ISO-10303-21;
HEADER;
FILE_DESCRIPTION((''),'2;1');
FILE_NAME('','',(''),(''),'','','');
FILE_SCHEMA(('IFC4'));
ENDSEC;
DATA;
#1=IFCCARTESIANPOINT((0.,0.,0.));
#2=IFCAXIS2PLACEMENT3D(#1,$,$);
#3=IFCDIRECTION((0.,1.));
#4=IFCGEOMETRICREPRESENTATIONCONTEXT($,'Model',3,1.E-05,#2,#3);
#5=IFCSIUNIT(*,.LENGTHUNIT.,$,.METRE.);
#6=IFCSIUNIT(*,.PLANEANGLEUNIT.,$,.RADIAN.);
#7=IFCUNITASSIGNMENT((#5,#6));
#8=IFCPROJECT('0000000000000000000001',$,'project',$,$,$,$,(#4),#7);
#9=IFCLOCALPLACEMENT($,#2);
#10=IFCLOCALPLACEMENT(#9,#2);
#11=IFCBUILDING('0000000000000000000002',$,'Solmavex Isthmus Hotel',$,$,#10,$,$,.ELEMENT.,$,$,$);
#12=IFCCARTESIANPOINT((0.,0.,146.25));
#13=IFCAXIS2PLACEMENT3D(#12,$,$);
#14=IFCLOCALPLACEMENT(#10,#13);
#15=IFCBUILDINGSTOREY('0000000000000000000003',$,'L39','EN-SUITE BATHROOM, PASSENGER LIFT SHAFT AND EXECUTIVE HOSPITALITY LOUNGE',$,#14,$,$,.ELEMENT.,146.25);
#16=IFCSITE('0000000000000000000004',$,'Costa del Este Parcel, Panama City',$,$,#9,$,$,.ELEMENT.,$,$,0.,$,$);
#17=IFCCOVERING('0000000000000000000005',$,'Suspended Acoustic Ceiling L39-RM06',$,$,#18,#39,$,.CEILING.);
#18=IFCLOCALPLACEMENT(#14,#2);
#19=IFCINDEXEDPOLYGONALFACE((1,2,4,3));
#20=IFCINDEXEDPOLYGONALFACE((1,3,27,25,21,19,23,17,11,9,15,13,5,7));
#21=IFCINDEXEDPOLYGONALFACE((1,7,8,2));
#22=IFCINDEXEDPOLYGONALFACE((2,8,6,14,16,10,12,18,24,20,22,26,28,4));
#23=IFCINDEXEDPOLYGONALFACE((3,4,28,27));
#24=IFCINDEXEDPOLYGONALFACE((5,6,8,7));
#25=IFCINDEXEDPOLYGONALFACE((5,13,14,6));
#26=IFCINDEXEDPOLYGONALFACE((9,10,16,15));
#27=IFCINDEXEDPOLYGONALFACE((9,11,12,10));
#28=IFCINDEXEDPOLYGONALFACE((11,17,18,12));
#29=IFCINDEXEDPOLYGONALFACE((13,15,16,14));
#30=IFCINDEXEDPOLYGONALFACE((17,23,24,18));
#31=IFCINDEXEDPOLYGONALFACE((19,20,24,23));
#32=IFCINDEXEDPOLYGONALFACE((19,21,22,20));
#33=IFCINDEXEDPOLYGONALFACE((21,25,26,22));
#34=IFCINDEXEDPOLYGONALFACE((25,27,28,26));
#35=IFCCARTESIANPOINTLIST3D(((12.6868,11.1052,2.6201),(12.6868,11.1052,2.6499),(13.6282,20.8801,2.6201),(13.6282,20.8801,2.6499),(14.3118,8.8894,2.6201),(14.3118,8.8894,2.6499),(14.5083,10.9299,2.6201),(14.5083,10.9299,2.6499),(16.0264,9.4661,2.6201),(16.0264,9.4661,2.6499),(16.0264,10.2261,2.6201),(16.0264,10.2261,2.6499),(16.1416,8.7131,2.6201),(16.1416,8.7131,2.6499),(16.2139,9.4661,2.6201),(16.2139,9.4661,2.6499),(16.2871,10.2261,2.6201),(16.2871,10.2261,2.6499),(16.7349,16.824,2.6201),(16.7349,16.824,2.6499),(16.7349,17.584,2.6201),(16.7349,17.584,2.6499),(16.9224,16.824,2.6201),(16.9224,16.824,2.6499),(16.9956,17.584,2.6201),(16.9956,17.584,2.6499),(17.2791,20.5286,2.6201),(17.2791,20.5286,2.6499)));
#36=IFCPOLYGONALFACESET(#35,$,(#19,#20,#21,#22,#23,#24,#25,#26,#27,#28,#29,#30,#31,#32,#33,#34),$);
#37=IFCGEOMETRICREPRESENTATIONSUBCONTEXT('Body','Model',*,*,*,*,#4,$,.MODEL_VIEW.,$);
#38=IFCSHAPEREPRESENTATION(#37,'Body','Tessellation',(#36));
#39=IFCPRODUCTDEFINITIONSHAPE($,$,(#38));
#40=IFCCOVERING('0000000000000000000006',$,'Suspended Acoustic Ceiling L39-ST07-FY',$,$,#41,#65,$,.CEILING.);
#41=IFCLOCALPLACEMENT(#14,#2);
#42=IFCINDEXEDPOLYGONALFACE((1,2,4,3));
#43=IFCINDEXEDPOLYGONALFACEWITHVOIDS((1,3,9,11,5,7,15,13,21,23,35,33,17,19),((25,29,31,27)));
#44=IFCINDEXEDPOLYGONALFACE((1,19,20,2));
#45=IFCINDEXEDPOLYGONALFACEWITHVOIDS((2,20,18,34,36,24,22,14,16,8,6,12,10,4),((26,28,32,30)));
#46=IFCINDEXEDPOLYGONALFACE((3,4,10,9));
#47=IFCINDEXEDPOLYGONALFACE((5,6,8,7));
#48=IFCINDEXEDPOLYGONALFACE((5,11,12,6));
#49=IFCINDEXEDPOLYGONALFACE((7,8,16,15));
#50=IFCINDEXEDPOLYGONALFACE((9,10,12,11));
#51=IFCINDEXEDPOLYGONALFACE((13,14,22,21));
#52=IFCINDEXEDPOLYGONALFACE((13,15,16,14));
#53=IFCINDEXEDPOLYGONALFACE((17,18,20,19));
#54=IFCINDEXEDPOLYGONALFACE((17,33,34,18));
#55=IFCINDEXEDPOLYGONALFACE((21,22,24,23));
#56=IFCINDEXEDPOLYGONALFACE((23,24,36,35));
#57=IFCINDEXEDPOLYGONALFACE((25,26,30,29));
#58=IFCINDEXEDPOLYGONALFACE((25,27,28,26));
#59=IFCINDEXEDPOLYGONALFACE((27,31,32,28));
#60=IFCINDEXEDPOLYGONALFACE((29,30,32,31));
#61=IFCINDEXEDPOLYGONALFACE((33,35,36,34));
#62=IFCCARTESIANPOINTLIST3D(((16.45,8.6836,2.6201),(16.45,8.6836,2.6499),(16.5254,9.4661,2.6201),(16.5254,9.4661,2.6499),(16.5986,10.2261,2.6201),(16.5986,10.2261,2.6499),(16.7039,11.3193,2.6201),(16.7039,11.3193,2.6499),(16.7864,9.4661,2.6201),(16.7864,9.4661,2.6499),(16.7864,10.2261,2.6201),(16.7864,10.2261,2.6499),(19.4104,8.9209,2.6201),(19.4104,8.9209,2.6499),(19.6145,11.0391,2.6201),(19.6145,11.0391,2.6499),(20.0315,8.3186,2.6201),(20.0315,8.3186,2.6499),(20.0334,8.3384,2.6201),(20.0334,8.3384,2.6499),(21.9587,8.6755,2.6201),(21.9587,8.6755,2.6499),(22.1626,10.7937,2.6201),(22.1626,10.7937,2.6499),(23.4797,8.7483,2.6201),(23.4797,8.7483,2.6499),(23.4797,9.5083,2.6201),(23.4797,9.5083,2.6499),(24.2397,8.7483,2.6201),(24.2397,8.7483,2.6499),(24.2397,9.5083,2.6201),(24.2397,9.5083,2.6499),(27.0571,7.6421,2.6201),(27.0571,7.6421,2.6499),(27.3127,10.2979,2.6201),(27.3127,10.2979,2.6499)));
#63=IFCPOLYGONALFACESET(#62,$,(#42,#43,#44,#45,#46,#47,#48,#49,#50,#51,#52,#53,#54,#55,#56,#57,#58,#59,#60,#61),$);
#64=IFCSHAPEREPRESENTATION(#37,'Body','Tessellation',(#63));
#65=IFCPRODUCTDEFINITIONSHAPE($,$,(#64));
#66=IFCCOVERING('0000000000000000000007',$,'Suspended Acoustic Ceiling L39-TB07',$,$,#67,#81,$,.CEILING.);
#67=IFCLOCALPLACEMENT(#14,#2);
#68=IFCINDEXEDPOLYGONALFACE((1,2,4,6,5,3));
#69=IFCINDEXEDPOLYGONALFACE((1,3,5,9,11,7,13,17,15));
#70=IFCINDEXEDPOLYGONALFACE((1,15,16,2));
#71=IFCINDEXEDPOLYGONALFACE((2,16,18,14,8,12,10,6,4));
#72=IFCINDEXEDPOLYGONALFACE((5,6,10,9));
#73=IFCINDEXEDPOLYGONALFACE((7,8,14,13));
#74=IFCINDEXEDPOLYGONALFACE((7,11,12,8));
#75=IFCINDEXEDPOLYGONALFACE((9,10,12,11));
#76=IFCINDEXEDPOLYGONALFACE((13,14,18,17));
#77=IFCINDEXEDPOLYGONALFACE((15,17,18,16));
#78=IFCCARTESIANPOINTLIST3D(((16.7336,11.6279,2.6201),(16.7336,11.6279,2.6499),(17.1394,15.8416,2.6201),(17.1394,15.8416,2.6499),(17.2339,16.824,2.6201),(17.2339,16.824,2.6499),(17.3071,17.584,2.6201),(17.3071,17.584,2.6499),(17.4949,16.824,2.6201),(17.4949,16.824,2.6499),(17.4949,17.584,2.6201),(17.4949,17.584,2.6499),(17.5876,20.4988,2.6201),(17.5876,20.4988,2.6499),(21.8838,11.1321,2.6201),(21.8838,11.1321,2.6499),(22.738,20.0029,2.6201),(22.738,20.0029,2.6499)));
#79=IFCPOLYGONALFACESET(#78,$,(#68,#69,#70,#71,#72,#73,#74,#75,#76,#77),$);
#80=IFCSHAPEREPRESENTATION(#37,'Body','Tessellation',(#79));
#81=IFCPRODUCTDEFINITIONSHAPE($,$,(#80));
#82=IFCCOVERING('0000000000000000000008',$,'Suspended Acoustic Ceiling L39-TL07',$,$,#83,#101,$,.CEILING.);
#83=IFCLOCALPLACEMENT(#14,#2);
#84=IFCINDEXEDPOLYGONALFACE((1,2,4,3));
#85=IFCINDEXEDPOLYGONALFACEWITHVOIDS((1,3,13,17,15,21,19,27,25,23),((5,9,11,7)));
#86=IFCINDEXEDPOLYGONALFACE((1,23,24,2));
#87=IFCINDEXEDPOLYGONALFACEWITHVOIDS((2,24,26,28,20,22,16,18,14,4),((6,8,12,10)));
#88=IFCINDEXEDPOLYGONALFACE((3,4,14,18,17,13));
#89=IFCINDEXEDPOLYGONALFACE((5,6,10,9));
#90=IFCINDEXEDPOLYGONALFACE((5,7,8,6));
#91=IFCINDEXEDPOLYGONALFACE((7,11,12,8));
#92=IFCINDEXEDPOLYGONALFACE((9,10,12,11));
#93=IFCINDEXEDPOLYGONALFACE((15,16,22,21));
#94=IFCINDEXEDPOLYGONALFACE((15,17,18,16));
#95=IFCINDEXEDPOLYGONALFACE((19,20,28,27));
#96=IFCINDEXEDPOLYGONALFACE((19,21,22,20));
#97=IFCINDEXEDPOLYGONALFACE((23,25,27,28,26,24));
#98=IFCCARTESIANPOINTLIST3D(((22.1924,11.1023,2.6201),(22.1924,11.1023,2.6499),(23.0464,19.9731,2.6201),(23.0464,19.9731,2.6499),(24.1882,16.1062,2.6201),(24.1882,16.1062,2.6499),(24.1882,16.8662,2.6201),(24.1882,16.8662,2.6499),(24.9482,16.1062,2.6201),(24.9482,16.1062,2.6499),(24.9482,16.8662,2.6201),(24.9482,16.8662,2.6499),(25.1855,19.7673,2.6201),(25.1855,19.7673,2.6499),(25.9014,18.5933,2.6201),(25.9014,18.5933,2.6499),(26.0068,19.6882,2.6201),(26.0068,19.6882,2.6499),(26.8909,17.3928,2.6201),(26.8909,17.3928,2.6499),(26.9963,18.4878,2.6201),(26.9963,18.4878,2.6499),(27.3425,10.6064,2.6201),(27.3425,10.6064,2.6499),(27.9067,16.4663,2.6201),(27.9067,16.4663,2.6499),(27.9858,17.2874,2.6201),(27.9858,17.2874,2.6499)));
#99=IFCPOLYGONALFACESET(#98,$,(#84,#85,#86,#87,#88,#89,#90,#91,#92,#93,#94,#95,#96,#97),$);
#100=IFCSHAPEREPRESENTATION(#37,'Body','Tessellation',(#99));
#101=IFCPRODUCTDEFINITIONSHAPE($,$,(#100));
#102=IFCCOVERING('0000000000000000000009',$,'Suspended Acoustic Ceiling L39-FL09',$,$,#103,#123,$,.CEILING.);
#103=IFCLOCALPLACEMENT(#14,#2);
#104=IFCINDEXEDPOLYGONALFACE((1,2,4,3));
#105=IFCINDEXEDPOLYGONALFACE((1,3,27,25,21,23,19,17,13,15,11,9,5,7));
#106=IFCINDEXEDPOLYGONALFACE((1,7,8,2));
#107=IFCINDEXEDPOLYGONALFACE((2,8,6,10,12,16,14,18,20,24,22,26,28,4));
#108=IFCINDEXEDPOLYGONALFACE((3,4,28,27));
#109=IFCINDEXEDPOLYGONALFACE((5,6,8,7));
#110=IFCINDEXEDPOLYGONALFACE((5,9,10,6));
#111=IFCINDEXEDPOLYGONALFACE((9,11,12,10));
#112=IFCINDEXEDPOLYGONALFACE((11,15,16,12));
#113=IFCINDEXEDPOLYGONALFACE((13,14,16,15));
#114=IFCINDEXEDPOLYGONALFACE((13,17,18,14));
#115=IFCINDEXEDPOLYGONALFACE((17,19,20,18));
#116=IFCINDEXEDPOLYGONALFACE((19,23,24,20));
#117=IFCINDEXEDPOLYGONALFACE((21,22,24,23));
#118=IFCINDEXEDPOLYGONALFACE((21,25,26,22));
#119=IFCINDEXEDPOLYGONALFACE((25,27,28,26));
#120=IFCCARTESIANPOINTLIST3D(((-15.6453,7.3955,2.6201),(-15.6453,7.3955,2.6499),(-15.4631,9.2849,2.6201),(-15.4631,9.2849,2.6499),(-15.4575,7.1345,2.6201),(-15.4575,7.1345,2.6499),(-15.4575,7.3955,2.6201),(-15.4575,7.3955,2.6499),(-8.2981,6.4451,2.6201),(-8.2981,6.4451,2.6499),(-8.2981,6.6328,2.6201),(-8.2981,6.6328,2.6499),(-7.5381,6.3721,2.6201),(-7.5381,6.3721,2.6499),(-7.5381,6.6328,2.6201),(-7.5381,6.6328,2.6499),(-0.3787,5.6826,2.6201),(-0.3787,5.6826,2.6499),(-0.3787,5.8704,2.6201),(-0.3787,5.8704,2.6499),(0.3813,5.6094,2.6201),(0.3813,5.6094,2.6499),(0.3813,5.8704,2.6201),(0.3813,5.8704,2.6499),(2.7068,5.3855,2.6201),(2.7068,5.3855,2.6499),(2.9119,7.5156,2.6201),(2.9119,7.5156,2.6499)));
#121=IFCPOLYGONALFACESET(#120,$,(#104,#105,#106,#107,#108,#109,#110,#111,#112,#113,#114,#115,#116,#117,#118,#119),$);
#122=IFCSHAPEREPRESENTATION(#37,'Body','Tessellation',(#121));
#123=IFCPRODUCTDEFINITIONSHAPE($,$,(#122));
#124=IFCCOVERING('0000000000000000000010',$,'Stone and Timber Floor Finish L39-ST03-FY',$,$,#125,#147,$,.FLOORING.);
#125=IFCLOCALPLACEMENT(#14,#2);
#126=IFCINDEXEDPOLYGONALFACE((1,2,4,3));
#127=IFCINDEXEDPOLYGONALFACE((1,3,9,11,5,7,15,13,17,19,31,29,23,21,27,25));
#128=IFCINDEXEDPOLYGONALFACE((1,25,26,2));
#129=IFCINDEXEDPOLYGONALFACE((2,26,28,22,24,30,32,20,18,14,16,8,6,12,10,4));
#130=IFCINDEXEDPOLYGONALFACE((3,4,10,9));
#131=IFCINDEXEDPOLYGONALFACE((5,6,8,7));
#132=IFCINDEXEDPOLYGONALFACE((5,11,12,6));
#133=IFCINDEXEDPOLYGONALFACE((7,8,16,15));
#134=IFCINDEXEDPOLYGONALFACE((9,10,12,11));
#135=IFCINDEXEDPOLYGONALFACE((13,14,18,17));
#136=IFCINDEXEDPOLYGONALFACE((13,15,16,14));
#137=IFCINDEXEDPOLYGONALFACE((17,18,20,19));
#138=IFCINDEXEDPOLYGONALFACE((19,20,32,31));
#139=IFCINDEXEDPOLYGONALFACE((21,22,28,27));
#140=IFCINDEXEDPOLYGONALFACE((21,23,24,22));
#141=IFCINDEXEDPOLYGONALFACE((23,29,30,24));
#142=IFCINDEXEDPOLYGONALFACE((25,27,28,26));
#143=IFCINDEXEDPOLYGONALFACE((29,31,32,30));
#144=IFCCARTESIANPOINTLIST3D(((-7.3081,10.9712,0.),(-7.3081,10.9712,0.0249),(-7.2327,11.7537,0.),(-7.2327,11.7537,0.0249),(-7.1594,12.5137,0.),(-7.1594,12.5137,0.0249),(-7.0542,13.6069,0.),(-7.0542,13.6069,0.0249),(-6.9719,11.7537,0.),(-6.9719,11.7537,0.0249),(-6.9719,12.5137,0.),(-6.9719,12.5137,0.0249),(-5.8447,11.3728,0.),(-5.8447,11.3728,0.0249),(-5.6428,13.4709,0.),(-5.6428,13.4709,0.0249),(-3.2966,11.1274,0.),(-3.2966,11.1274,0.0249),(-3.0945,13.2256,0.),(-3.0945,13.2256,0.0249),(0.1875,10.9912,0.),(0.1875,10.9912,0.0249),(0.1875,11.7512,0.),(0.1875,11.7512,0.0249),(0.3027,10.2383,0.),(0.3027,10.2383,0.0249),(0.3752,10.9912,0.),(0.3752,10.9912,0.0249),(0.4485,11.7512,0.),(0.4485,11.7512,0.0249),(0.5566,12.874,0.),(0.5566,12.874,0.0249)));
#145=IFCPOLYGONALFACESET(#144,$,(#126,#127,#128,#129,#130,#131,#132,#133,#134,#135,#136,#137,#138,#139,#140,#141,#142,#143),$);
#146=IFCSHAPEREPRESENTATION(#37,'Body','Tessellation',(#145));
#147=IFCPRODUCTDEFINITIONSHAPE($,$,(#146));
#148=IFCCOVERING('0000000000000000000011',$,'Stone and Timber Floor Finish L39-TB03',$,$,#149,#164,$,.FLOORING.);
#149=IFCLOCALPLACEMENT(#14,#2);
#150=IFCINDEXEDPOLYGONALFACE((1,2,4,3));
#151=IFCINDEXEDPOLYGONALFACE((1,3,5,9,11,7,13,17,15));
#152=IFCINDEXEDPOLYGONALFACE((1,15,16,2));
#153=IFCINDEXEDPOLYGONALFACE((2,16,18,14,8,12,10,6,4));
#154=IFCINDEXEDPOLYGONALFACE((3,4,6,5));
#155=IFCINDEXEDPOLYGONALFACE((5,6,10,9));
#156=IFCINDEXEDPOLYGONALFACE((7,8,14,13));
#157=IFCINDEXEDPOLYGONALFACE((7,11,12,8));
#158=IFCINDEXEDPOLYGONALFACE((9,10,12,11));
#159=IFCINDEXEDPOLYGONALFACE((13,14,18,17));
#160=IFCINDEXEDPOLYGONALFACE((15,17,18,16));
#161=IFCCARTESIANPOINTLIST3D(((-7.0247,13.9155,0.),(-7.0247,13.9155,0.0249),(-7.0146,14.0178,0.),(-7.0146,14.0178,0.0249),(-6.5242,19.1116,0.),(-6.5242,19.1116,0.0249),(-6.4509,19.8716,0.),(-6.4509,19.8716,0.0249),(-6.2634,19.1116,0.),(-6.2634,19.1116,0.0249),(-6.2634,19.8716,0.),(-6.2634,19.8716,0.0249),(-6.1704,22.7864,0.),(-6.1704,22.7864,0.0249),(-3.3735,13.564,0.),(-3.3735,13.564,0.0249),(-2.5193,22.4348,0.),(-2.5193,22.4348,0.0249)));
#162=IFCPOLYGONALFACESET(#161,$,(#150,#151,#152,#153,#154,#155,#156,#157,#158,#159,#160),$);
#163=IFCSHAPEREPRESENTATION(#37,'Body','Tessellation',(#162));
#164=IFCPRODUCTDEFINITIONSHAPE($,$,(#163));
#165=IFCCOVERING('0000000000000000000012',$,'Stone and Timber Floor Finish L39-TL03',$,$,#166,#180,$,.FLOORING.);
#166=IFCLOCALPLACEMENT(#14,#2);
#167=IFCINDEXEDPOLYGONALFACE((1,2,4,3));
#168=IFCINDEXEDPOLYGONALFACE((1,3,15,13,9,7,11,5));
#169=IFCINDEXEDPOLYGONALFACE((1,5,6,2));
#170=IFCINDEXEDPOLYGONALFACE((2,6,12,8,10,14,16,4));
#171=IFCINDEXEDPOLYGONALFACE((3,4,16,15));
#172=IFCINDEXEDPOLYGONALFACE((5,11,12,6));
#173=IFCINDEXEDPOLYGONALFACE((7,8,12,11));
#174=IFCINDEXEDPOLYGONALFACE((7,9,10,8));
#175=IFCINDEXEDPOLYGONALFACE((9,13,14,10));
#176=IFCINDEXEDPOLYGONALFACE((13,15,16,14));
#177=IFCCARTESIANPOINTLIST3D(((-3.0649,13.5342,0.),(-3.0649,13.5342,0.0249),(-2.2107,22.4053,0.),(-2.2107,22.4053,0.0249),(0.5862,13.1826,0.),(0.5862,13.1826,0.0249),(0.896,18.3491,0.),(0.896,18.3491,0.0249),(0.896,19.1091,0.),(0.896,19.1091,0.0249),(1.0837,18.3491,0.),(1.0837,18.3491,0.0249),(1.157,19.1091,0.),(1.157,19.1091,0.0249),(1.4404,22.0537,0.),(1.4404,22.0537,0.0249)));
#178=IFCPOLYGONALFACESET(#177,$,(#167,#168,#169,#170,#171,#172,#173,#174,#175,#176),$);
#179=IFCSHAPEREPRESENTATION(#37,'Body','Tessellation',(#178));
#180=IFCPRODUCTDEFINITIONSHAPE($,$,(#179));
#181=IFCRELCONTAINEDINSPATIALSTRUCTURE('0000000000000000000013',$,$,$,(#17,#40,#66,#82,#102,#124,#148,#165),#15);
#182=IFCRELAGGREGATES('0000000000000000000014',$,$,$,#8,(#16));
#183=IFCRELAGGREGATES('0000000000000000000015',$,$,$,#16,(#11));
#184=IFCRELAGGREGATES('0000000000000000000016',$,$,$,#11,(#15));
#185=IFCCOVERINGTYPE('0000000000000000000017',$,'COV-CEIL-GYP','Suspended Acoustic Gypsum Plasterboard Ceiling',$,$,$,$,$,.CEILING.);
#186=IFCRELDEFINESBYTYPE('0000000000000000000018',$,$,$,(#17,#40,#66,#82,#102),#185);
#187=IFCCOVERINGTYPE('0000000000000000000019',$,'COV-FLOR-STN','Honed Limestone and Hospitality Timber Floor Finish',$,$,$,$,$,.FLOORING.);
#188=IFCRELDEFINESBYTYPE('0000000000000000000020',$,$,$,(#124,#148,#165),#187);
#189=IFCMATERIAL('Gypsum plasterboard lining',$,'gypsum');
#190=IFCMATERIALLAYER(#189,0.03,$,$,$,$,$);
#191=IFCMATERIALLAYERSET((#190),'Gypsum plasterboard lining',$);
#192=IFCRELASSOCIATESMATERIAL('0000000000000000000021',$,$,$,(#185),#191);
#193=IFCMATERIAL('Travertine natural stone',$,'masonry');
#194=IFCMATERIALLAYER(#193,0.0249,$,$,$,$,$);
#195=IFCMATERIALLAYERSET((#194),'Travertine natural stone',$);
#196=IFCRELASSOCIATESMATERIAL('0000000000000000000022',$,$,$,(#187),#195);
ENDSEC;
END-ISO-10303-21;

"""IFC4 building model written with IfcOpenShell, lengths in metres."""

from ifc_helpers import new_model, si_unit, direction, frame, origin, place, context, subcontext, project, spatial, polyline, outline, extrude, material, layer, layer_set, type_object, element, save


model = new_model("IFC4")

# Units and contexts
model_context = context("Model", 3, precision=1e-05, world=origin(), true_north=direction((0.0, 1.0)))
body_context = subcontext(model_context, "Body", "Model", "MODEL_VIEW")
ifc_project = project(units=[si_unit("LENGTHUNIT", "METRE"), si_unit("PLANEANGLEUNIT", "RADIAN")], contexts=[model_context])

# Site, building, storey
site_placement = place(None, origin())
site = spatial("IfcSite", under=ifc_project, at=site_placement, Name="Costa del Este Parcel, Panama City", CompositionType="ELEMENT", RefElevation=0.0)
building_placement = place(site_placement, origin())
building = spatial("IfcBuilding", under=site, at=building_placement, Name="Solmavex Isthmus Hotel", CompositionType="ELEMENT")
storey_placement = place(building_placement, frame((0.0, 0.0, 146.25)))
storey = spatial("IfcBuildingStorey", under=building, at=storey_placement, Name="L39", Description="EN-SUITE BATHROOM, PASSENGER LIFT SHAFT AND EXECUTIVE HOSPITALITY LOUNGE", CompositionType="ELEMENT", Elevation=146.25)

# Shared definitions
ifc_material_1 = material(Name="Gypsum plasterboard lining", Category="gypsum")

# Coverings
ifc_layer_1 = layer(ifc_material_1, 0.03)
ifc_layer_set_1 = layer_set([ifc_layer_1], Name="Gypsum plasterboard lining")
covering_type_1 = type_object("IfcCoveringType", Name="COV-CEIL-GYP", Description="Suspended Acoustic Gypsum Plasterboard Ceiling", PredefinedType="CEILING", material=ifc_layer_set_1)
covering_1_placement = place(storey_placement, frame((0.0, 0.0, 2.6201)))
element("IfcCovering", 1, at=covering_1_placement, inside=storey, type_object=covering_type_1, Name="Suspended Acoustic Ceiling L39-RM06", PredefinedType="CEILING", context=body_context, shape_type="SweptSolid", body=[
    extrude(outline(polyline([(16.9224, 16.824), (16.7349, 16.824), (16.7349, 17.584), (16.9956, 17.584), (17.2791, 20.5286), (13.6282, 20.8801), (12.6868, 11.1052), (14.5083, 10.9299), (14.3118, 8.8894), (16.1416, 8.7131), (16.2139, 9.4661), (16.0264, 9.4661), (16.0264, 10.2261), (16.2871, 10.2261), (16.9224, 16.824)])), origin(), (0.0, 0.0, 1.0), 0.0298),
])
covering_2_placement = place(storey_placement, frame((0.0, 0.0, 2.6201)))
element("IfcCovering", 2, at=covering_2_placement, inside=storey, type_object=covering_type_1, Name="Suspended Acoustic Ceiling L39-ST07-FY", PredefinedType="CEILING", context=body_context, shape_type="SweptSolid", body=[
    extrude(outline(polyline([(19.6145, 11.0391), (16.7039, 11.3193), (16.5986, 10.2261), (16.7864, 10.2261), (16.7864, 9.4661), (16.5254, 9.4661), (16.45, 8.6836), (20.0334, 8.3384), (20.0315, 8.3186), (27.0571, 7.6421), (27.3127, 10.2979), (22.1626, 10.7937), (21.9587, 8.6755), (19.4104, 8.9209), (19.6145, 11.0391)]), holes=[polyline([(23.4797, 8.7483), (23.4797, 9.5083), (24.2397, 9.5083), (24.2397, 8.7483), (23.4797, 8.7483)])]), origin(), (0.0, 0.0, 1.0), 0.0298),
])
covering_3_placement = place(storey_placement, frame((0.0, 0.0, 2.6201)))
element("IfcCovering", 3, at=covering_3_placement, inside=storey, type_object=covering_type_1, Name="Suspended Acoustic Ceiling L39-TB07", PredefinedType="CEILING", context=body_context, shape_type="SweptSolid", body=[
    extrude(outline(polyline([(17.3071, 17.584), (17.4949, 17.584), (17.4949, 16.824), (17.2339, 16.824), (17.1394, 15.8416), (16.7336, 11.6279), (21.8838, 11.1321), (22.738, 20.0029), (17.5876, 20.4988), (17.3071, 17.584)])), origin(), (0.0, 0.0, 1.0), 0.0298),
])
covering_4_placement = place(storey_placement, frame((0.0, 0.0, 2.6201)))
element("IfcCovering", 4, at=covering_4_placement, inside=storey, type_object=covering_type_1, Name="Suspended Acoustic Ceiling L39-TL07", PredefinedType="CEILING", context=body_context, shape_type="SweptSolid", body=[
    extrude(outline(polyline([(26.0068, 19.6882), (25.1855, 19.7673), (23.0464, 19.9731), (22.1924, 11.1023), (27.3425, 10.6064), (27.9067, 16.4663), (27.9858, 17.2874), (26.8909, 17.3928), (26.9963, 18.4878), (25.9014, 18.5933), (26.0068, 19.6882)]), holes=[polyline([(24.1882, 16.1062), (24.1882, 16.8662), (24.9482, 16.8662), (24.9482, 16.1062), (24.1882, 16.1062)])]), origin(), (0.0, 0.0, 1.0), 0.0298),
])
covering_5_placement = place(storey_placement, frame((0.0, 0.0, 2.6201)))
element("IfcCovering", 5, at=covering_5_placement, inside=storey, type_object=covering_type_1, Name="Suspended Acoustic Ceiling L39-FL09", PredefinedType="CEILING", context=body_context, shape_type="SweptSolid", body=[
    extrude(outline(polyline([(-0.3787, 5.6826), (-0.3787, 5.8704), (0.3813, 5.8704), (0.3813, 5.6094), (2.7068, 5.3855), (2.9119, 7.5156), (-15.4631, 9.2849), (-15.6453, 7.3955), (-15.4575, 7.3955), (-15.4575, 7.1345), (-8.2981, 6.4451), (-8.2981, 6.6328), (-7.5381, 6.6328), (-7.5381, 6.3721), (-0.3787, 5.6826)])), origin(), (0.0, 0.0, 1.0), 0.0298),
])
ifc_material_2 = material(Name="Travertine natural stone", Category="masonry")
ifc_layer_2 = layer(ifc_material_2, 0.0249)
ifc_layer_set_2 = layer_set([ifc_layer_2], Name="Travertine natural stone")
covering_type_2 = type_object("IfcCoveringType", Name="COV-FLOR-STN", Description="Honed Limestone and Hospitality Timber Floor Finish", PredefinedType="FLOORING", material=ifc_layer_set_2)
covering_6_placement = place(storey_placement, origin())
element("IfcCovering", 6, at=covering_6_placement, inside=storey, type_object=covering_type_2, Name="Stone and Timber Floor Finish L39-ST03-FY", PredefinedType="FLOORING", context=body_context, shape_type="SweptSolid", body=[
    extrude(outline(polyline([(-3.0945, 13.2256), (-3.2966, 11.1274), (-5.8447, 11.3728), (-5.6428, 13.4709), (-7.0542, 13.6069), (-7.1594, 12.5137), (-6.9719, 12.5137), (-6.9719, 11.7537), (-7.2327, 11.7537), (-7.3081, 10.9712), (0.3027, 10.2383), (0.3752, 10.9912), (0.1875, 10.9912), (0.1875, 11.7512), (0.4485, 11.7512), (0.5566, 12.874), (-3.0945, 13.2256)])), origin(), (0.0, 0.0, 1.0), 0.0249),
])
covering_7_placement = place(storey_placement, origin())
element("IfcCovering", 7, at=covering_7_placement, inside=storey, type_object=covering_type_2, Name="Stone and Timber Floor Finish L39-TB03", PredefinedType="FLOORING", context=body_context, shape_type="SweptSolid", body=[
    extrude(outline(polyline([(-6.4509, 19.8716), (-6.2634, 19.8716), (-6.2634, 19.1116), (-6.5242, 19.1116), (-7.0146, 14.0178), (-7.0247, 13.9155), (-3.3735, 13.564), (-2.5193, 22.4348), (-6.1704, 22.7864), (-6.4509, 19.8716)])), origin(), (0.0, 0.0, 1.0), 0.0249),
])
covering_8_placement = place(storey_placement, origin())
element("IfcCovering", 8, at=covering_8_placement, inside=storey, type_object=covering_type_2, Name="Stone and Timber Floor Finish L39-TL03", PredefinedType="FLOORING", context=body_context, shape_type="SweptSolid", body=[
    extrude(outline(polyline([(1.0837, 18.3491), (0.896, 18.3491), (0.896, 19.1091), (1.157, 19.1091), (1.4404, 22.0537), (-2.2107, 22.4053), (-3.0649, 13.5342), (0.5862, 13.1826), (1.0837, 18.3491)])), origin(), (0.0, 0.0, 1.0), 0.0249),
])

save(model, "model.ifc")
